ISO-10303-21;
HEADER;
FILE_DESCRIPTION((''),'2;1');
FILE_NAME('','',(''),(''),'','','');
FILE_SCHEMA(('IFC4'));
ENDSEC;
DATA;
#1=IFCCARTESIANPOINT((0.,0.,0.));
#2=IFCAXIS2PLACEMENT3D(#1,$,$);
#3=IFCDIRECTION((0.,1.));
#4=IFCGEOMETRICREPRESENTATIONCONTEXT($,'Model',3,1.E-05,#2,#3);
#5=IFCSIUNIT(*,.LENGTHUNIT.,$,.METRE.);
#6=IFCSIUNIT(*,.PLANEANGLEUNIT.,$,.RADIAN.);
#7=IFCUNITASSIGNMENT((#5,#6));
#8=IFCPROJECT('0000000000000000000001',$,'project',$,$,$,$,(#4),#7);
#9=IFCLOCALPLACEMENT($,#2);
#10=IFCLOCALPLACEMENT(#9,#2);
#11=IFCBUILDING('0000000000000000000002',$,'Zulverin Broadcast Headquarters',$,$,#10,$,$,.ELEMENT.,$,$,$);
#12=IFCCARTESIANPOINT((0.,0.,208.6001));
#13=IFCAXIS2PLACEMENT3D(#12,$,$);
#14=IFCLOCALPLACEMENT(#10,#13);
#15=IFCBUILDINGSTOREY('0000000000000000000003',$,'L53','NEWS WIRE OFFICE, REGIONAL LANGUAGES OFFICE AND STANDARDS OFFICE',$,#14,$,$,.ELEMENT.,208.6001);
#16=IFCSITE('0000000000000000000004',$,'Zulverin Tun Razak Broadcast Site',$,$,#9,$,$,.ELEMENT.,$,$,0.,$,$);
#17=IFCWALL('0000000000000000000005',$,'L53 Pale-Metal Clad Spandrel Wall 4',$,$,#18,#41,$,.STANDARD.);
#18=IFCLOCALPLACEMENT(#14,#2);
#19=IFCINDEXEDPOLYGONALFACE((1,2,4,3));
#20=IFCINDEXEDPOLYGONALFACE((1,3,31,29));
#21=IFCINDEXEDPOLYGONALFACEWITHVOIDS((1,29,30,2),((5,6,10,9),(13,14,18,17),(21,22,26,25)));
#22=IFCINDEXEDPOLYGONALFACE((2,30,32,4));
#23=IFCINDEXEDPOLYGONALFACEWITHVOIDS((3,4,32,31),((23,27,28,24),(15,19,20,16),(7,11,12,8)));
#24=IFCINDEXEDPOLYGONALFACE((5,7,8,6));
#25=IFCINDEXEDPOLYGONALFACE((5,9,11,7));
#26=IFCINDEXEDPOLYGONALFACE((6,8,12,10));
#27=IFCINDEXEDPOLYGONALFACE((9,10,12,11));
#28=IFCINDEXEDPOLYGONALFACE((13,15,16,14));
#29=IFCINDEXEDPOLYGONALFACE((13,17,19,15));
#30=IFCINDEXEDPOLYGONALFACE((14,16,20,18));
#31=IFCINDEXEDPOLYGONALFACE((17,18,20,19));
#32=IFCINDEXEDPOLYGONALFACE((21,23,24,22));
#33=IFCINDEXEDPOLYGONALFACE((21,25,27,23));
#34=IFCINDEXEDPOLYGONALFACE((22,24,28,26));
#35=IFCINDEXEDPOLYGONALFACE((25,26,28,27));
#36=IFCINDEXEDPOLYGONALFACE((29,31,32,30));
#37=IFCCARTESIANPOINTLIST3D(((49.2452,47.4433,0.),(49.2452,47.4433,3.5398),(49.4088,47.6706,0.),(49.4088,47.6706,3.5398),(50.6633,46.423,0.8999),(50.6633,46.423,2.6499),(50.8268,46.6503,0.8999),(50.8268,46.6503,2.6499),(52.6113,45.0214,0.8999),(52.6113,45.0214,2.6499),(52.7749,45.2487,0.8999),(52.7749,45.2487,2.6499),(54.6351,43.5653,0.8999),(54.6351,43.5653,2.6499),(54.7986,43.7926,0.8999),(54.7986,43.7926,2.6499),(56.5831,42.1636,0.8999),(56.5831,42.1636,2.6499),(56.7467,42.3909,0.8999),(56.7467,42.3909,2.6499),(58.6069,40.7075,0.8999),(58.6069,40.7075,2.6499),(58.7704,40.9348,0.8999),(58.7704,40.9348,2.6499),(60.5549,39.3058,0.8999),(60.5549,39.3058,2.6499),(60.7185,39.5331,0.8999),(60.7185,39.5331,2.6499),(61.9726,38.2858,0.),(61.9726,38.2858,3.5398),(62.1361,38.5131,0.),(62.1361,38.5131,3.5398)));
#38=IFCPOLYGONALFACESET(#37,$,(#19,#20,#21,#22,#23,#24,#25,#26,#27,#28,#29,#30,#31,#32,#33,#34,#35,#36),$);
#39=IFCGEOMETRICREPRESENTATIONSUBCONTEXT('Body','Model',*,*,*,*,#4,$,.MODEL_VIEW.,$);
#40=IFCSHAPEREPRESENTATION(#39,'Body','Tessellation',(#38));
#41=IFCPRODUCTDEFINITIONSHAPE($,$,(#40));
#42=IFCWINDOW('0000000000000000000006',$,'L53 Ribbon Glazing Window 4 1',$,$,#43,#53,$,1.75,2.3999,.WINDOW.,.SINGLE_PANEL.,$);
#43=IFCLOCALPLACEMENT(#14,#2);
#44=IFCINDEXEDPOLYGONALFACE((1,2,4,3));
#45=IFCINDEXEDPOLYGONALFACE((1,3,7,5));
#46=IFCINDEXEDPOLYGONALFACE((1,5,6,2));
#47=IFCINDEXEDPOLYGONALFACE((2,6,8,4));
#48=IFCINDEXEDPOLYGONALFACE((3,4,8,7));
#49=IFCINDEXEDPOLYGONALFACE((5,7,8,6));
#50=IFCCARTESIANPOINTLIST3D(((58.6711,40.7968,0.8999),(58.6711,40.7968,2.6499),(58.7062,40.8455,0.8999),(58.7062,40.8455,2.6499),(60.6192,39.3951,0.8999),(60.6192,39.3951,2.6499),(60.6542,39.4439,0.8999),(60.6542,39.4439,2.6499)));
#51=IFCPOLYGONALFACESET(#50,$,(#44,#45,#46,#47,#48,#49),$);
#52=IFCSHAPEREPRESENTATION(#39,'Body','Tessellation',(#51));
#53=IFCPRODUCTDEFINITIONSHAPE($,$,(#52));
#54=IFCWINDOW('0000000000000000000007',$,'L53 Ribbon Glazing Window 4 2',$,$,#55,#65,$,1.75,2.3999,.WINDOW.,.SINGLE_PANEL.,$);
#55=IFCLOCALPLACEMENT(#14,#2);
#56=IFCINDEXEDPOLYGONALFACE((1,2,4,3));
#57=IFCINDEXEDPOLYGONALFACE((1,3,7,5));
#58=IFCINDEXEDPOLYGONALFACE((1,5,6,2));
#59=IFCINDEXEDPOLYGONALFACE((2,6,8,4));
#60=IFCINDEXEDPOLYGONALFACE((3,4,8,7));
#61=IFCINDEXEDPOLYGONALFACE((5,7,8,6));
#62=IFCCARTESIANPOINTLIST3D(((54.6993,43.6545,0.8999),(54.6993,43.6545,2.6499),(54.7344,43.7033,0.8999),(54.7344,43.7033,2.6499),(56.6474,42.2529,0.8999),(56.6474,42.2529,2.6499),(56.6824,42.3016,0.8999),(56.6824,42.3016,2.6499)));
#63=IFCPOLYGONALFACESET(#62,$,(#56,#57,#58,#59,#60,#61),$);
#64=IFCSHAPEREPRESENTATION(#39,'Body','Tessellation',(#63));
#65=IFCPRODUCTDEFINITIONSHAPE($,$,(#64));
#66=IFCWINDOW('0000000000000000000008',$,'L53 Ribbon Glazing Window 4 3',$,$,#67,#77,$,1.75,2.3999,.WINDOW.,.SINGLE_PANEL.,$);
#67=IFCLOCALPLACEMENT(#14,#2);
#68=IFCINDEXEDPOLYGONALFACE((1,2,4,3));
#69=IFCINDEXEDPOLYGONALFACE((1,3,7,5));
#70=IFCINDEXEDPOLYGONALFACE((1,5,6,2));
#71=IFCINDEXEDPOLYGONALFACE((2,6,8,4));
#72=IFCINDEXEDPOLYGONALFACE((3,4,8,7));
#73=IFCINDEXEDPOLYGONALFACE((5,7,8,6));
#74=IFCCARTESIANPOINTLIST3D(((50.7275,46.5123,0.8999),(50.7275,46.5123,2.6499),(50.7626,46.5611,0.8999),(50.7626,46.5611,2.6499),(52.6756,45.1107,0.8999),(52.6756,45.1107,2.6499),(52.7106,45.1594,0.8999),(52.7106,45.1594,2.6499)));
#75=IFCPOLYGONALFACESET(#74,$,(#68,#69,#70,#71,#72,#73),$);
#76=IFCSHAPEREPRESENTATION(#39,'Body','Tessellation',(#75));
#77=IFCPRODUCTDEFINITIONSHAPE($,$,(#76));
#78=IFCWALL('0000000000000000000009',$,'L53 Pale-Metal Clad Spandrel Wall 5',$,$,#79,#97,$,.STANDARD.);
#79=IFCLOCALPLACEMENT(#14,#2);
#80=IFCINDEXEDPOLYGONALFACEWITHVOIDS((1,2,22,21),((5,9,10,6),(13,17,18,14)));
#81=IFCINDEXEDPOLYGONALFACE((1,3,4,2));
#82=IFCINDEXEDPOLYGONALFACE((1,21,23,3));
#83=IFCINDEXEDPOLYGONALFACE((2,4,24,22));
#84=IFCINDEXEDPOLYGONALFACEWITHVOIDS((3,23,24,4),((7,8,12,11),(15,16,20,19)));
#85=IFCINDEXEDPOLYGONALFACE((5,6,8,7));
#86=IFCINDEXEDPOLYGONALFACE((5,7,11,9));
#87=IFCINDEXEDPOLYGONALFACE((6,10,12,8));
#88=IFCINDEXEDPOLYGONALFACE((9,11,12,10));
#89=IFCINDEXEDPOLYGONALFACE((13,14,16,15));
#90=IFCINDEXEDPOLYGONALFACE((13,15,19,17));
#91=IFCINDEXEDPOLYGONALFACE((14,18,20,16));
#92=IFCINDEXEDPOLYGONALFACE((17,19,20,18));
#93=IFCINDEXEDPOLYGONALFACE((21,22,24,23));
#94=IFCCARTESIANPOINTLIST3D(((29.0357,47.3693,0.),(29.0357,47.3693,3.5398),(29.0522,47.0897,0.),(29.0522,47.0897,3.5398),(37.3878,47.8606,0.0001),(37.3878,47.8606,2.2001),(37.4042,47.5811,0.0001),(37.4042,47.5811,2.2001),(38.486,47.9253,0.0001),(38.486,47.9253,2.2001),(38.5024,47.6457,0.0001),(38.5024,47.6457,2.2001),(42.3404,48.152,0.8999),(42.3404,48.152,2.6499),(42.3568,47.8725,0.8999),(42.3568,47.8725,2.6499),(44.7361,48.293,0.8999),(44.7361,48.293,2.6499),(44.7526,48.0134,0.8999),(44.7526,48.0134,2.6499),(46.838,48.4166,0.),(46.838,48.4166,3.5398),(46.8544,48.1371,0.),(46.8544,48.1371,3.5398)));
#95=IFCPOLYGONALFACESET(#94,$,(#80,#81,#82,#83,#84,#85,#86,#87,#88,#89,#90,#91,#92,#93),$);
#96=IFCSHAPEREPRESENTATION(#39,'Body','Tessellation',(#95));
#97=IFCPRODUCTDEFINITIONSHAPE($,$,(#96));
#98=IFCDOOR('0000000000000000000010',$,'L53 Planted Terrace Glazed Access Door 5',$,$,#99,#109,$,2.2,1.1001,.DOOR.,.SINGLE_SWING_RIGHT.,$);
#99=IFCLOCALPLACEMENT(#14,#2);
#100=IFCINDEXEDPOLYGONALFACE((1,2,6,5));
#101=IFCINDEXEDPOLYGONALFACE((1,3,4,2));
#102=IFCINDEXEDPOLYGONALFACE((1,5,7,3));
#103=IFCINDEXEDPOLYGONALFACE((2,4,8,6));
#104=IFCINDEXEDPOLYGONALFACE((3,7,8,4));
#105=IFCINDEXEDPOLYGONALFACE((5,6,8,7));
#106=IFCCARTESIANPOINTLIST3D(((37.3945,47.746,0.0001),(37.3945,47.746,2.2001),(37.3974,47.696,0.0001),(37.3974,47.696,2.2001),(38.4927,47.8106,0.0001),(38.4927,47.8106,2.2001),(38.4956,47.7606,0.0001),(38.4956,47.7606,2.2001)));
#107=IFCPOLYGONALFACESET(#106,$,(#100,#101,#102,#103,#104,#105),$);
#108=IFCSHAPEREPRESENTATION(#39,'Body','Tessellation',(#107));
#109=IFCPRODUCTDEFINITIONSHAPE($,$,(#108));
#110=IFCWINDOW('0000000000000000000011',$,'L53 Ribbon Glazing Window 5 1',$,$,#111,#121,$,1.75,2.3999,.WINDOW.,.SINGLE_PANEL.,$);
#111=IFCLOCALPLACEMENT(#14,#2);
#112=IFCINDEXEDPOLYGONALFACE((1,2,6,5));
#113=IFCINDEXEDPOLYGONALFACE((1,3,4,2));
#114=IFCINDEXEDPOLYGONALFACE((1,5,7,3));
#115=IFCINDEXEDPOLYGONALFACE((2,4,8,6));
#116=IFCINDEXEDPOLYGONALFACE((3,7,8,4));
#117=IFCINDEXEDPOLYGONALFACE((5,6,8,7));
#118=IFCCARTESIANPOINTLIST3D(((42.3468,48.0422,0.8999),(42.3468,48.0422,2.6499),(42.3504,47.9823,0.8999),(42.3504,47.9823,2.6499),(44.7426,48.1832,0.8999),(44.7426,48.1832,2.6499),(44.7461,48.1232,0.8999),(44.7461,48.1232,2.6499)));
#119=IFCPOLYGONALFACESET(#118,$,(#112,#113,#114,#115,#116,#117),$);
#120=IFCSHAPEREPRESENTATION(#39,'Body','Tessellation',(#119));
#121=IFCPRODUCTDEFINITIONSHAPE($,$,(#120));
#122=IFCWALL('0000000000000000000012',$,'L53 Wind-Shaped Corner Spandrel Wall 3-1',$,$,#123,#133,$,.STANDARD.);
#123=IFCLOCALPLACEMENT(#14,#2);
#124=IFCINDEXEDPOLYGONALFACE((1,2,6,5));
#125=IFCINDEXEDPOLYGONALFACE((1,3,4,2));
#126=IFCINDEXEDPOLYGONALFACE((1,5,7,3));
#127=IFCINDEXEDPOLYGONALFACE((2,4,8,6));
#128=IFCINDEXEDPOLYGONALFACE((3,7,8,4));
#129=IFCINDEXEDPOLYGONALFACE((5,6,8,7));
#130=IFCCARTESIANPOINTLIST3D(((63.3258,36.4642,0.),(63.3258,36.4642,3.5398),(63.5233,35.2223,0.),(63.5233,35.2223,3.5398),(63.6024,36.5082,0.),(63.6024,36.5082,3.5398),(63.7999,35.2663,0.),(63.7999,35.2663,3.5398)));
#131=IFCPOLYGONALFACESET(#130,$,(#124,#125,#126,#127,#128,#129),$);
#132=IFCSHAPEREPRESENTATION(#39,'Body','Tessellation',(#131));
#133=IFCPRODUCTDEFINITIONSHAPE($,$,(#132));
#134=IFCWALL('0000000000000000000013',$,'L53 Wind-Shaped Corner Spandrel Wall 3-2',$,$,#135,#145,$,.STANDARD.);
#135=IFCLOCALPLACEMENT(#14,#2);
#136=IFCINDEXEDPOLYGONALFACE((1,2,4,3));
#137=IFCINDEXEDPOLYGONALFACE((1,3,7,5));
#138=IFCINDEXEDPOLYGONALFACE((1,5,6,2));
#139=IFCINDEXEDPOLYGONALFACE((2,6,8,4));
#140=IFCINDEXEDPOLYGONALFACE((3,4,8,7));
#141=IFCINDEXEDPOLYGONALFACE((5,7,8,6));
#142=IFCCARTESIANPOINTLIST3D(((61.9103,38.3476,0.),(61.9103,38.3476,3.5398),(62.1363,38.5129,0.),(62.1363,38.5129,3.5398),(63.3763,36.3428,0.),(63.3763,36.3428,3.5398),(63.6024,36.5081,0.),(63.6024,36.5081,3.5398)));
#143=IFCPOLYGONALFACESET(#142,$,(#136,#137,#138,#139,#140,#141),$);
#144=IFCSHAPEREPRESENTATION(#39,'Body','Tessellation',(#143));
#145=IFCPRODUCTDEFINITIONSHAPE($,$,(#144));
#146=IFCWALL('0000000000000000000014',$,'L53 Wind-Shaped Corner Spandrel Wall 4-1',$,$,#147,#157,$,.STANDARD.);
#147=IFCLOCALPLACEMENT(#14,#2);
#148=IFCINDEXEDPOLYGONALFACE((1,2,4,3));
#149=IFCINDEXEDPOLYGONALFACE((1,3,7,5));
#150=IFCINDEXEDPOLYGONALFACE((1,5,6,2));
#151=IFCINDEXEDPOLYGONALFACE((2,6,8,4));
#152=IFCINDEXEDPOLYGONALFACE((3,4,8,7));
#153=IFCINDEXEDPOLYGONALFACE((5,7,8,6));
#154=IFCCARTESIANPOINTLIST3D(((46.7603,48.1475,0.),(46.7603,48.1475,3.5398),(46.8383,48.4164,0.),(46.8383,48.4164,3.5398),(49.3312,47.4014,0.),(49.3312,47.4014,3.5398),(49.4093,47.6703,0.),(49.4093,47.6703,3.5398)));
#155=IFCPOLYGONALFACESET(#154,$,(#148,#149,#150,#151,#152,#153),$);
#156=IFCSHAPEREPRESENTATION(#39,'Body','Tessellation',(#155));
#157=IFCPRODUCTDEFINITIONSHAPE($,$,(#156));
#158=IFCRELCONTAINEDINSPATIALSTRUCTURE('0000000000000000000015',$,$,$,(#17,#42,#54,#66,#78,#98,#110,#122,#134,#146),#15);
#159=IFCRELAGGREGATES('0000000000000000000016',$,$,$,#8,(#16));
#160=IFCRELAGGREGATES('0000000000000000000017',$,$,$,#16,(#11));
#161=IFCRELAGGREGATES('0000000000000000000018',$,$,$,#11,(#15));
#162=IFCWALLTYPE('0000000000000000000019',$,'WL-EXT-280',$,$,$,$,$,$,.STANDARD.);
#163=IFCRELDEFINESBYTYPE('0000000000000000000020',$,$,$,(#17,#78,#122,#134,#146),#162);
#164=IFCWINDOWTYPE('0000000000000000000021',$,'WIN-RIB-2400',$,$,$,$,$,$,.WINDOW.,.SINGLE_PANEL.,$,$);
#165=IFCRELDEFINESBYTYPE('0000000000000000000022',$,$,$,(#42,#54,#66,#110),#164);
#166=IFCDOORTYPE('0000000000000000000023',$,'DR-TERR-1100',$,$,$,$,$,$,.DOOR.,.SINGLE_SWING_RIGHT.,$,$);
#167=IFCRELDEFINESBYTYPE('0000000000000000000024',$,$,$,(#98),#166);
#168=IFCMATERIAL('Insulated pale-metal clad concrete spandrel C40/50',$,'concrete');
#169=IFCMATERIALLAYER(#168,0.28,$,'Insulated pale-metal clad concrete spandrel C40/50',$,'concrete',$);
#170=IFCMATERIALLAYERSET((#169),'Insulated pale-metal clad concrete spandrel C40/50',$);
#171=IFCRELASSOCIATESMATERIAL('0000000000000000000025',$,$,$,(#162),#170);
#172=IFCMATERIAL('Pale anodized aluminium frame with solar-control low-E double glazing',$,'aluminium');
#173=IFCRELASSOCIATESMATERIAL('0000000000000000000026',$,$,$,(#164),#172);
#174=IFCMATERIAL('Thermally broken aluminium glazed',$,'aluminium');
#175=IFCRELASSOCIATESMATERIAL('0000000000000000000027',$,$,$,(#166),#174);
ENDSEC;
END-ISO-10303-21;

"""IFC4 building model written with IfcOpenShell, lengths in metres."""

from ifc_helpers import new_model, si_unit, direction, frame, frame_2d, origin, place, context, subcontext, project, spatial, rectangle, extrude, material, layer, layer_set, type_object, element, fill, save


model = new_model("IFC4")

# Units and contexts
model_context = context("Model", 3, precision=1e-05, world=origin(), true_north=direction((0.0, 1.0)))
body_context = subcontext(model_context, "Body", "Model", "MODEL_VIEW")
ifc_project = project(units=[si_unit("LENGTHUNIT", "METRE"), si_unit("PLANEANGLEUNIT", "RADIAN")], contexts=[model_context])

# Site, building, storey
site_placement = place(None, origin())
site = spatial("IfcSite", under=ifc_project, at=site_placement, Name="Zulverin Tun Razak Broadcast Site", CompositionType="ELEMENT", RefElevation=0.0)
building_placement = place(site_placement, origin())
building = spatial("IfcBuilding", under=site, at=building_placement, Name="Zulverin Broadcast Headquarters", CompositionType="ELEMENT")
storey_placement = place(building_placement, frame((0.0, 0.0, 208.6001)))
storey = spatial("IfcBuildingStorey", under=building, at=storey_placement, Name="L53", Description="NEWS WIRE OFFICE, REGIONAL LANGUAGES OFFICE AND STANDARDS OFFICE", CompositionType="ELEMENT", Elevation=208.6001)

# Wall, openings, windows
ifc_material_1 = material(Name="Insulated pale-metal clad concrete spandrel C40/50", Category="concrete")
ifc_layer_1 = layer(ifc_material_1, 0.28, Name="Insulated pale-metal clad concrete spandrel C40/50", Category="concrete")
ifc_layer_set_1 = layer_set([ifc_layer_1], Name="Insulated pale-metal clad concrete spandrel C40/50")
wall_type = type_object("IfcWallType", Name="WL-EXT-280", PredefinedType="STANDARD", material=ifc_layer_set_1)
wall_1_placement = place(storey_placement, frame((62.0544, 38.3994, 0.0), z_axis=(0.0, 0.0, 1.0), x_axis=(-0.811721, 0.584045, 0.0)))
wall_1 = element("IfcWall", 1, at=wall_1_placement, inside=storey, type_object=wall_type, Name="L53 Pale-Metal Clad Spandrel Wall 4", PredefinedType="STANDARD", context=body_context, shape_type="SweptSolid", body=[
    extrude(rectangle(XDim=15.6794, YDim=0.28, at=frame_2d((7.8398, 0.0))), origin(), (0.0, 0.0, 1.0), 3.5398),
])
opening_1_placement = place(wall_1_placement, frame((1.7466, 0.0, 0.8999)))
opening_1 = element("IfcOpeningElement", 2, at=opening_1_placement, cuts=wall_1, PredefinedType="OPENING", context=body_context, shape_type="SweptSolid", body=[
    extrude(rectangle(XDim=2.3999, YDim=1.75, at=frame_2d((1.2, 0.875))), frame((0.0, 0.1499, 0.0), z_axis=(0.0, -1.0, 0.0), x_axis=(1.0, 0.0, 0.0)), (0.0, 0.0, 1.0), 0.3),
])
opening_2_placement = place(wall_1_placement, frame((6.6396, 0.0, 0.8999)))
opening_2 = element("IfcOpeningElement", 3, at=opening_2_placement, cuts=wall_1, PredefinedType="OPENING", context=body_context, shape_type="SweptSolid", body=[
    extrude(rectangle(XDim=2.3999, YDim=1.75, at=frame_2d((1.2, 0.875))), frame((0.0, 0.1499, 0.0), z_axis=(0.0, -1.0, 0.0), x_axis=(1.0, 0.0, 0.0)), (0.0, 0.0, 1.0), 0.3),
])
opening_3_placement = place(wall_1_placement, frame((11.5327, 0.0, 0.8999)))
opening_3 = element("IfcOpeningElement", 4, at=opening_3_placement, cuts=wall_1, PredefinedType="OPENING", context=body_context, shape_type="SweptSolid", body=[
    extrude(rectangle(XDim=2.3999, YDim=1.75, at=frame_2d((1.2, 0.875))), frame((0.0, 0.1499, 0.0), z_axis=(0.0, -1.0, 0.0), x_axis=(1.0, 0.0, 0.0)), (0.0, 0.0, 1.0), 0.3),
])
ifc_material_2 = material(Name="Pale anodized aluminium frame with solar-control low-E double glazing", Category="aluminium")
window_type = type_object("IfcWindowType", Name="WIN-RIB-2400", PartitioningType="SINGLE_PANEL", PredefinedType="WINDOW", material=ifc_material_2)
window_1_placement = place(opening_1_placement, origin())
window_1 = element("IfcWindow", 5, at=window_1_placement, inside=storey, type_object=window_type, Name="L53 Ribbon Glazing Window 4 1", OverallHeight=1.75, OverallWidth=2.3999, PartitioningType="SINGLE_PANEL", PredefinedType="WINDOW", context=body_context, shape_type="SweptSolid", body=[
    extrude(rectangle(XDim=2.3999, YDim=1.75, at=frame_2d((1.2, 0.875))), frame((0.0, 0.03, 0.0), z_axis=(0.0, -1.0, 0.0), x_axis=(1.0, 0.0, 0.0)), (0.0, 0.0, 1.0), 0.0601),
])
fill(opening_1, window_1)
window_2_placement = place(opening_2_placement, origin())
window_2 = element("IfcWindow", 6, at=window_2_placement, inside=storey, type_object=window_type, Name="L53 Ribbon Glazing Window 4 2", OverallHeight=1.75, OverallWidth=2.3999, PartitioningType="SINGLE_PANEL", PredefinedType="WINDOW", context=body_context, shape_type="SweptSolid", body=[
    extrude(rectangle(XDim=2.3999, YDim=1.75, at=frame_2d((1.2, 0.875))), frame((0.0, 0.03, 0.0), z_axis=(0.0, -1.0, 0.0), x_axis=(1.0, 0.0, 0.0)), (0.0, 0.0, 1.0), 0.0601),
])
fill(opening_2, window_2)
window_3_placement = place(opening_3_placement, origin())
window_3 = element("IfcWindow", 7, at=window_3_placement, inside=storey, type_object=window_type, Name="L53 Ribbon Glazing Window 4 3", OverallHeight=1.75, OverallWidth=2.3999, PartitioningType="SINGLE_PANEL", PredefinedType="WINDOW", context=body_context, shape_type="SweptSolid", body=[
    extrude(rectangle(XDim=2.3999, YDim=1.75, at=frame_2d((1.2, 0.875))), frame((0.0, 0.03, 0.0), z_axis=(0.0, -1.0, 0.0), x_axis=(1.0, 0.0, 0.0)), (0.0, 0.0, 1.0), 0.0601),
])
fill(opening_3, window_3)

# Wall, openings, door, window
wall_2_placement = place(storey_placement, frame((46.8462, 48.2769, 0.0), z_axis=(0.0, 0.0, 1.0), x_axis=(-0.998274, -0.058732, 0.0)))
wall_2 = element("IfcWall", 8, at=wall_2_placement, inside=storey, type_object=wall_type, Name="L53 Pale-Metal Clad Spandrel Wall 5", PredefinedType="STANDARD", context=body_context, shape_type="SweptSolid", body=[
    extrude(rectangle(XDim=17.833, YDim=0.28, at=frame_2d((8.9165, 0.0))), origin(), (0.0, 0.0, 1.0), 3.5398),
])
opening_4_placement = place(wall_2_placement, frame((8.3665, 0.0, 0.0)))
opening_4 = element("IfcOpeningElement", 9, at=opening_4_placement, cuts=wall_2, PredefinedType="OPENING", context=body_context, shape_type="SweptSolid", body=[
    extrude(rectangle(XDim=1.1001, YDim=2.2, at=frame_2d((0.55, 1.1001))), frame((0.0, 0.1499, 0.0), z_axis=(0.0, -1.0, 0.0), x_axis=(1.0, 0.0, 0.0)), (0.0, 0.0, 1.0), 0.3),
])
opening_5_placement = place(wall_2_placement, frame((2.1055, 0.0, 0.8999)))
opening_5 = element("IfcOpeningElement", 10, at=opening_5_placement, cuts=wall_2, PredefinedType="OPENING", context=body_context, shape_type="SweptSolid", body=[
    extrude(rectangle(XDim=2.3999, YDim=1.75, at=frame_2d((1.2, 0.875))), frame((0.0, 0.1499, 0.0), z_axis=(0.0, -1.0, 0.0), x_axis=(1.0, 0.0, 0.0)), (0.0, 0.0, 1.0), 0.3),
])
ifc_material_3 = material(Name="Thermally broken aluminium glazed", Category="aluminium")
door_type = type_object("IfcDoorType", Name="DR-TERR-1100", OperationType="SINGLE_SWING_RIGHT", PredefinedType="DOOR", material=ifc_material_3)
door_placement = place(opening_4_placement, origin())
door = element("IfcDoor", 11, at=door_placement, inside=storey, type_object=door_type, Name="L53 Planted Terrace Glazed Access Door 5", OperationType="SINGLE_SWING_RIGHT", OverallHeight=2.2, OverallWidth=1.1001, PredefinedType="DOOR", context=body_context, shape_type="SweptSolid", body=[
    extrude(rectangle(XDim=1.1001, YDim=2.2, at=frame_2d((0.55, 1.1001))), frame((0.0, 0.0249, 0.0), z_axis=(0.0, -1.0, 0.0), x_axis=(1.0, 0.0, 0.0)), (0.0, 0.0, 1.0), 0.05),
])
fill(opening_4, door)
window_4_placement = place(opening_5_placement, origin())
window_4 = element("IfcWindow", 12, at=window_4_placement, inside=storey, type_object=window_type, Name="L53 Ribbon Glazing Window 5 1", OverallHeight=1.75, OverallWidth=2.3999, PartitioningType="SINGLE_PANEL", PredefinedType="WINDOW", context=body_context, shape_type="SweptSolid", body=[
    extrude(rectangle(XDim=2.3999, YDim=1.75, at=frame_2d((1.2, 0.875))), frame((0.0, 0.03, 0.0), z_axis=(0.0, -1.0, 0.0), x_axis=(1.0, 0.0, 0.0)), (0.0, 0.0, 1.0), 0.0601),
])
fill(opening_5, window_4)

# Walls
wall_3_placement = place(storey_placement, frame((63.6616, 35.2441, 0.0), z_axis=(0.0, 0.0, 1.0), x_axis=(-0.157059, 0.987589, 0.0)))
element("IfcWall", 13, at=wall_3_placement, inside=storey, type_object=wall_type, Name="L53 Wind-Shaped Corner Spandrel Wall 3-1", PredefinedType="STANDARD", context=body_context, shape_type="SweptSolid", body=[
    extrude(rectangle(XDim=1.2576, YDim=0.28, at=frame_2d((0.6289, 0.0))), origin(), (0.0, 0.0, 1.0), 3.5398),
])
wall_4_placement = place(storey_placement, frame((63.4893, 36.4255, 0.0), z_axis=(0.0, 0.0, 1.0), x_axis=(-0.590268, 0.807207, 0.0)))
element("IfcWall", 14, at=wall_4_placement, inside=storey, type_object=wall_type, Name="L53 Wind-Shaped Corner Spandrel Wall 3-2", PredefinedType="STANDARD", context=body_context, shape_type="SweptSolid", body=[
    extrude(rectangle(XDim=2.4836, YDim=0.28, at=frame_2d((1.2417, 0.0))), origin(), (0.0, 0.0, 1.0), 3.5398),
])
wall_5_placement = place(storey_placement, frame((49.3701, 47.5359, 0.0), z_axis=(0.0, 0.0, 1.0), x_axis=(-0.96038, 0.278694, 0.0)))
element("IfcWall", 15, at=wall_5_placement, inside=storey, type_object=wall_type, Name="L53 Wind-Shaped Corner Spandrel Wall 4-1", PredefinedType="STANDARD", context=body_context, shape_type="SweptSolid", body=[
    extrude(rectangle(XDim=2.677, YDim=0.28, at=frame_2d((1.3384, 0.0))), origin(), (0.0, 0.0, 1.0), 3.5398),
])

save(model, "model.ifc")
